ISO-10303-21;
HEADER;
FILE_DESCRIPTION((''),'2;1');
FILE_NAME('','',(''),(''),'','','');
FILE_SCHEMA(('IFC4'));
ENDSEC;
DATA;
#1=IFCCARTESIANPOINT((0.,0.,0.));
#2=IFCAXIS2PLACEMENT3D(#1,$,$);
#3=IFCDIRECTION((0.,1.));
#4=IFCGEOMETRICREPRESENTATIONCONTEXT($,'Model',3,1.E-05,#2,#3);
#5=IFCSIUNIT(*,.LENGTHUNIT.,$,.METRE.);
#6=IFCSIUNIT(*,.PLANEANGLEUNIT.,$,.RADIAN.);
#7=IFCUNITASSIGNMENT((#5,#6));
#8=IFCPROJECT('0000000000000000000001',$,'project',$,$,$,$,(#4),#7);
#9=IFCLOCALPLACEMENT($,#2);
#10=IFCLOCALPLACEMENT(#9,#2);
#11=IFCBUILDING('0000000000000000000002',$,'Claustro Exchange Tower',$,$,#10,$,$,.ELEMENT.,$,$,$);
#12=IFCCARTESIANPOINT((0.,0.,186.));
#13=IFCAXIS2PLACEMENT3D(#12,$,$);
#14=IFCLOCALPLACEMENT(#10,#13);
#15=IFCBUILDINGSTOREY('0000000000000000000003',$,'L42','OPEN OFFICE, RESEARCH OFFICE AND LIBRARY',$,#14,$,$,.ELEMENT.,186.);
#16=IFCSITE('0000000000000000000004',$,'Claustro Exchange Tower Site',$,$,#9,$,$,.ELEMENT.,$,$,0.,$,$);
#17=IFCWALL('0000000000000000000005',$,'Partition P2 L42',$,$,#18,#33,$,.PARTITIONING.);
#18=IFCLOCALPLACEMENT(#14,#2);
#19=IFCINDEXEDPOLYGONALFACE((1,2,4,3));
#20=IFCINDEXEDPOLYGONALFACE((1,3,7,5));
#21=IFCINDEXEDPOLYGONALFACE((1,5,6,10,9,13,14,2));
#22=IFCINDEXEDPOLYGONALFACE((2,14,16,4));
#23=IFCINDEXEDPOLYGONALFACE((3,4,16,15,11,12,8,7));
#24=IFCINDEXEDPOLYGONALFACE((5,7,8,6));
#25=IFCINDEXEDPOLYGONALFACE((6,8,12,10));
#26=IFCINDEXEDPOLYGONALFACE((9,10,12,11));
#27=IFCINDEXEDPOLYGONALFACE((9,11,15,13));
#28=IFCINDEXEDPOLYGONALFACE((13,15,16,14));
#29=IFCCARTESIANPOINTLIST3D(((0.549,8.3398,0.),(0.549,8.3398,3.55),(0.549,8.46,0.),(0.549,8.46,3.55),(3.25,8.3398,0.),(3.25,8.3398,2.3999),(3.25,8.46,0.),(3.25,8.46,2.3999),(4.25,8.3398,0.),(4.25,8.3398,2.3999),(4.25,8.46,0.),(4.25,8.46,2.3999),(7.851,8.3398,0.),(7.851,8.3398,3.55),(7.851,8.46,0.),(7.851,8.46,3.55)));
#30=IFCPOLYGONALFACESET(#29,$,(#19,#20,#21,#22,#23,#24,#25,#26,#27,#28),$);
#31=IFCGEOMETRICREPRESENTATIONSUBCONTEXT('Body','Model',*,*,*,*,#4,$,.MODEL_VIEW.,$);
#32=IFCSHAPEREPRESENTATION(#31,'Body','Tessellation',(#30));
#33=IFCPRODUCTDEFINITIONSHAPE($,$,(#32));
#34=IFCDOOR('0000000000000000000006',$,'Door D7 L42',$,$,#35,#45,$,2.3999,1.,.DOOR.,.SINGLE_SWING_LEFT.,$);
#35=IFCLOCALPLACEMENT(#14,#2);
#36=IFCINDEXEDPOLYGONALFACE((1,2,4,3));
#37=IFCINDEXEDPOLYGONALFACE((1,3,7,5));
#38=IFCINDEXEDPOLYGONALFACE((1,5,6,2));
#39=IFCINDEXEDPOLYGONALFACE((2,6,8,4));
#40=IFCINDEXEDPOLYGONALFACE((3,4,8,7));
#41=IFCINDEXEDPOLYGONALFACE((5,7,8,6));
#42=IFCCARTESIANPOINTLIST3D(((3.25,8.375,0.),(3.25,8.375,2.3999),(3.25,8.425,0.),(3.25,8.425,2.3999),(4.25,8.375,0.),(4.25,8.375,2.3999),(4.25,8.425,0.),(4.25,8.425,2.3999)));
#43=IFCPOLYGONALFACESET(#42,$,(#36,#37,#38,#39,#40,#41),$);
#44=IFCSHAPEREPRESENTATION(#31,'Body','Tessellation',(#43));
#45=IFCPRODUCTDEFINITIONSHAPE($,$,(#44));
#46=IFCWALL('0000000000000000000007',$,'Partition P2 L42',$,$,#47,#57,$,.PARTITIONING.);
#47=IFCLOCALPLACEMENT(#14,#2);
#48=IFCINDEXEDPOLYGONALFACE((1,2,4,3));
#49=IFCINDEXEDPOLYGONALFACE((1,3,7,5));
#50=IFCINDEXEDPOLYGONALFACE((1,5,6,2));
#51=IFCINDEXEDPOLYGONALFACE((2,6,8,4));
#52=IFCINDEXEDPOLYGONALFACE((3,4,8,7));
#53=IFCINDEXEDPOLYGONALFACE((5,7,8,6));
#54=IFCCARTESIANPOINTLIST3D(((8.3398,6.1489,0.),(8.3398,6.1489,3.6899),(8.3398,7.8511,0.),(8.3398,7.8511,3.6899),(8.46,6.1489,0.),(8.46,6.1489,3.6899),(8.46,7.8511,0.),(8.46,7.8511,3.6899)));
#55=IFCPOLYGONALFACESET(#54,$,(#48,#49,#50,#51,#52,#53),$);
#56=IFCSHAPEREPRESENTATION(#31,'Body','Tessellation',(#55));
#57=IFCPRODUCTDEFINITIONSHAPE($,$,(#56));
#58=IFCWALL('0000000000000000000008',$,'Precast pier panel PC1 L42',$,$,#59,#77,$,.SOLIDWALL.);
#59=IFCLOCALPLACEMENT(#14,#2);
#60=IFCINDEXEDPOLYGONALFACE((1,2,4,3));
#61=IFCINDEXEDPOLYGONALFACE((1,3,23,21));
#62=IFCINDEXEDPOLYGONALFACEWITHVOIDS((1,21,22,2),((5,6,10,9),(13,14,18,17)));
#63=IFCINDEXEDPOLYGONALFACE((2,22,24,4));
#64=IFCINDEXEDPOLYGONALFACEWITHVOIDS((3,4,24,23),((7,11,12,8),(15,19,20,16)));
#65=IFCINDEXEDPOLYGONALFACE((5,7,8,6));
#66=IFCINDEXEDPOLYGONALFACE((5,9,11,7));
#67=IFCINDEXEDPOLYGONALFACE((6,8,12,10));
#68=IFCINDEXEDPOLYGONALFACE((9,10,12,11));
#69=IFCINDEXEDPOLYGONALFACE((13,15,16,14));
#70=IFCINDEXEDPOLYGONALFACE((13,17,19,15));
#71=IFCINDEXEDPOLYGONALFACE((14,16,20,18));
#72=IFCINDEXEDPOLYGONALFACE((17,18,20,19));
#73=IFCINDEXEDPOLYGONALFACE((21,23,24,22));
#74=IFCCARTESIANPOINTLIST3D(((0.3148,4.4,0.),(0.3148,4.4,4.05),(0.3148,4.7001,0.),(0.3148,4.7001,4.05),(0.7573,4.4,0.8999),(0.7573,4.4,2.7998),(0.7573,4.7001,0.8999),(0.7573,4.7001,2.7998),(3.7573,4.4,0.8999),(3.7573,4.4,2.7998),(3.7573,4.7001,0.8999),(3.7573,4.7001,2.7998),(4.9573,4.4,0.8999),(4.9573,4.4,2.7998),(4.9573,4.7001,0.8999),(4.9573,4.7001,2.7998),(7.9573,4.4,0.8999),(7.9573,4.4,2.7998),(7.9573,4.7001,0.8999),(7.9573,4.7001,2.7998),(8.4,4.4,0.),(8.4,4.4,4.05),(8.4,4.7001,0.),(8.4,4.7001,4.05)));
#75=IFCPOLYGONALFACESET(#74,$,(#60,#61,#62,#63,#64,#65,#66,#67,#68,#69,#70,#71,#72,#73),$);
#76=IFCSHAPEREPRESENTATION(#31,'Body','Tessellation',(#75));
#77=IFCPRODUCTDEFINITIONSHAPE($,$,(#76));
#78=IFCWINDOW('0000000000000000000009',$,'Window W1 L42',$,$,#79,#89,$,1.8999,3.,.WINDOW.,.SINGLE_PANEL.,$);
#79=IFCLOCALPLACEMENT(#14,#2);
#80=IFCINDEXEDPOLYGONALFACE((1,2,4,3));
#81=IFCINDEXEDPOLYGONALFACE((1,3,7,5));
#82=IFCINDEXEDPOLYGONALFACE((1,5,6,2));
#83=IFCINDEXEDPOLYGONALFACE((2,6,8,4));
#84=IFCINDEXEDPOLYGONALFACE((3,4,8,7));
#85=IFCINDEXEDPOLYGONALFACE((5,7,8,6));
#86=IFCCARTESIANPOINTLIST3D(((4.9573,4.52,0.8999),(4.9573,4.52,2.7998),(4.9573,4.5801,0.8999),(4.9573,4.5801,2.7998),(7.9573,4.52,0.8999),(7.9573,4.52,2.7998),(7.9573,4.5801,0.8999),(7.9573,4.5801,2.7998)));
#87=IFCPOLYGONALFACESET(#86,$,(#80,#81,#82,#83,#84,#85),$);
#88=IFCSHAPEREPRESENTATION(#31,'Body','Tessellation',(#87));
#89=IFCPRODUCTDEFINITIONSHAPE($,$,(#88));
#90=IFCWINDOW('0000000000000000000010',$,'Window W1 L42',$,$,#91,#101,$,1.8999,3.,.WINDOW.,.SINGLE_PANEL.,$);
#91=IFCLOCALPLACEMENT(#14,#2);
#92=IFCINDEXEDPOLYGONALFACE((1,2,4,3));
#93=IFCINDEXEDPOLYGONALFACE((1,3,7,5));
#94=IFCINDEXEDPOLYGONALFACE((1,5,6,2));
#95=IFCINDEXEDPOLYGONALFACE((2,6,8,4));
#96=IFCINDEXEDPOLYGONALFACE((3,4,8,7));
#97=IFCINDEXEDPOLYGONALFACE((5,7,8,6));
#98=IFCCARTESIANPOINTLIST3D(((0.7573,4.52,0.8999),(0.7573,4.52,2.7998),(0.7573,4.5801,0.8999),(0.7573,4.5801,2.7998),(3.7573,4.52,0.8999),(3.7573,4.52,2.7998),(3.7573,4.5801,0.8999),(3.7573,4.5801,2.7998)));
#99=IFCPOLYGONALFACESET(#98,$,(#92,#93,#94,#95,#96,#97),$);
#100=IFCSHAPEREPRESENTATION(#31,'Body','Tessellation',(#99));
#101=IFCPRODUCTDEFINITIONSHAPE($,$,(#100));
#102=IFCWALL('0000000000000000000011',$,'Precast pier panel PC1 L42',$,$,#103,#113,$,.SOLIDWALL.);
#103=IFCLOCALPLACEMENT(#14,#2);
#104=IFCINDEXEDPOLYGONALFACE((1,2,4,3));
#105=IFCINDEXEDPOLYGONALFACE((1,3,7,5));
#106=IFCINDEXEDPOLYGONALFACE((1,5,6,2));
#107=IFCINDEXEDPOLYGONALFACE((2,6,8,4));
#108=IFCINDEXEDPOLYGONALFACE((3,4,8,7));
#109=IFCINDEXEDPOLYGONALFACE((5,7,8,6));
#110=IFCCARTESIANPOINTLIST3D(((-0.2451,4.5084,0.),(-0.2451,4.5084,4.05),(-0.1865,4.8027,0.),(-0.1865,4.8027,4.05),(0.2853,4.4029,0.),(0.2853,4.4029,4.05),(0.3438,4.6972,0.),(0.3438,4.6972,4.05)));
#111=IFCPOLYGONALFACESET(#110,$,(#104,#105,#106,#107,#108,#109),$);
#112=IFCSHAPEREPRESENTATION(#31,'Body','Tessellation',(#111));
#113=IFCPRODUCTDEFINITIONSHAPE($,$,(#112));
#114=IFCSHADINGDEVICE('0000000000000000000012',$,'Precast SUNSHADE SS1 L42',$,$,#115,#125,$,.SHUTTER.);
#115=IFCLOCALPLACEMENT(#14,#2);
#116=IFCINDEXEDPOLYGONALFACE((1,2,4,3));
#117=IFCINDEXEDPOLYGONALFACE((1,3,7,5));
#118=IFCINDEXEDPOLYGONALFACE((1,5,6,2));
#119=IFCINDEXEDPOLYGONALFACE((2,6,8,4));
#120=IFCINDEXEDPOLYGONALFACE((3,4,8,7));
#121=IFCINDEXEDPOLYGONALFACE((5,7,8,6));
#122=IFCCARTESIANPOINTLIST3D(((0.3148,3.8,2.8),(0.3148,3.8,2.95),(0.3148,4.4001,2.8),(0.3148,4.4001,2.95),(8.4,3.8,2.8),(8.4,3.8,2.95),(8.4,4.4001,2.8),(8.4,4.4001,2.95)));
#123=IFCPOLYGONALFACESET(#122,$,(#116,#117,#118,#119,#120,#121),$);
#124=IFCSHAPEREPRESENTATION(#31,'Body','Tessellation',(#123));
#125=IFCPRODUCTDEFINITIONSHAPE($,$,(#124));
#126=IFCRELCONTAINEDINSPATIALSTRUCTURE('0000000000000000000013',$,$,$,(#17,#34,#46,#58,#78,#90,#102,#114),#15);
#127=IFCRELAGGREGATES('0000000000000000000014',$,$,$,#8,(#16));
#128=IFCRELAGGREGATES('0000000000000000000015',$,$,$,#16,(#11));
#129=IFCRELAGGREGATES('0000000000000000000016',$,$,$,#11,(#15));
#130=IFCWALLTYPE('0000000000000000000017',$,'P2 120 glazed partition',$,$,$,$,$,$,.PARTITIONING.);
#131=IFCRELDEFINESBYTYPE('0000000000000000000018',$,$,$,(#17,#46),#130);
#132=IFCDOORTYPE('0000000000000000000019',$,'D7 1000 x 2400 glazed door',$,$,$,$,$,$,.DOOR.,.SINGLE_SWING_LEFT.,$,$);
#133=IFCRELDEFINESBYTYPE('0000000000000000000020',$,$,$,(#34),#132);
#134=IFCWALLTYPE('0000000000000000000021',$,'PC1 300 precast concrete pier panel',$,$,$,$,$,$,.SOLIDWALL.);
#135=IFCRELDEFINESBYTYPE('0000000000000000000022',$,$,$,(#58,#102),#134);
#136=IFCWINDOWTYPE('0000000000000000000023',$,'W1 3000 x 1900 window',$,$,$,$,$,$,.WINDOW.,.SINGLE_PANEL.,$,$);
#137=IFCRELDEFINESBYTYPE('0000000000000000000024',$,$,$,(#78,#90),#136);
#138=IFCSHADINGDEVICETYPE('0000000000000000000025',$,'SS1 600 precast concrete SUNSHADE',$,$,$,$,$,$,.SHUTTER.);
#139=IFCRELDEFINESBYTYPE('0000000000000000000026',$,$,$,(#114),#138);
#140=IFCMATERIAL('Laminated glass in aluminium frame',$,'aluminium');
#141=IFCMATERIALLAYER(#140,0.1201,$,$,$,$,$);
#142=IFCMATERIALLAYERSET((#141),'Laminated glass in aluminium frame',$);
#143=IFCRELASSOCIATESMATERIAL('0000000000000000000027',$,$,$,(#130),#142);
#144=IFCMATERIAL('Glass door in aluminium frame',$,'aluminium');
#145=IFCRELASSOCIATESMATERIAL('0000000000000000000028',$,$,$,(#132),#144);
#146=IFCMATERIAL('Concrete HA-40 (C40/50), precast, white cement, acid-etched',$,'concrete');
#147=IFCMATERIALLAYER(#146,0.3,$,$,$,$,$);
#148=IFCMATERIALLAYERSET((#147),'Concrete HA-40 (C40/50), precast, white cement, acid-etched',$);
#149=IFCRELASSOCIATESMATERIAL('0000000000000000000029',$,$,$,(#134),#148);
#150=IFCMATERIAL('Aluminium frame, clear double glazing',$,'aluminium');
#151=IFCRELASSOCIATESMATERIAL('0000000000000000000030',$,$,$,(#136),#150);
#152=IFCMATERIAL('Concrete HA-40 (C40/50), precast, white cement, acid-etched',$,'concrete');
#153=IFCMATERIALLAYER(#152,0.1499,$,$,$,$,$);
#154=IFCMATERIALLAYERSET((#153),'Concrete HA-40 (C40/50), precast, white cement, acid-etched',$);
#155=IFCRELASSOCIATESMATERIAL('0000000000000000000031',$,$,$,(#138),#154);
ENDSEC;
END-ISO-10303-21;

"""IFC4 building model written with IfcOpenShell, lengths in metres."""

from ifc_helpers import new_model, si_unit, direction, frame, frame_2d, origin, origin_2d, place, context, subcontext, project, spatial, rectangle, extrude, material, layer, layer_set, type_object, element, fill, save


model = new_model("IFC4")

# Units and contexts
model_context = context("Model", 3, precision=1e-05, world=origin(), true_north=direction((0.0, 1.0)))
body_context = subcontext(model_context, "Body", "Model", "MODEL_VIEW")
ifc_project = project(units=[si_unit("LENGTHUNIT", "METRE"), si_unit("PLANEANGLEUNIT", "RADIAN")], contexts=[model_context])

# Site, building, storey
site_placement = place(None, origin())
site = spatial("IfcSite", under=ifc_project, at=site_placement, Name="Claustro Exchange Tower Site", CompositionType="ELEMENT", RefElevation=0.0)
building_placement = place(site_placement, origin())
building = spatial("IfcBuilding", under=site, at=building_placement, Name="Claustro Exchange Tower", CompositionType="ELEMENT")
storey_placement = place(building_placement, frame((0.0, 0.0, 186.0)))
storey = spatial("IfcBuildingStorey", under=building, at=storey_placement, Name="L42", Description="OPEN OFFICE, RESEARCH OFFICE AND LIBRARY", CompositionType="ELEMENT", Elevation=186.0)

# Wall, opening, door
ifc_material_1 = material(Name="Laminated glass in aluminium frame", Category="aluminium")
ifc_layer_1 = layer(ifc_material_1, 0.1201)
ifc_layer_set_1 = layer_set([ifc_layer_1], Name="Laminated glass in aluminium frame")
wall_type_1 = type_object("IfcWallType", Name="P2 120 glazed partition", PredefinedType="PARTITIONING", material=ifc_layer_set_1)
wall_1_placement = place(storey_placement, frame((0.5491, 8.3999, 0.0), z_axis=(0.0, 0.0, 1.0), x_axis=(1.0, 0.0, 0.0)))
wall_1 = element("IfcWall", 1, at=wall_1_placement, inside=storey, type_object=wall_type_1, Name="Partition P2 L42", PredefinedType="PARTITIONING", context=body_context, shape_type="SweptSolid", body=[
    extrude(rectangle(XDim=7.302, YDim=0.1201, at=frame_2d((3.6509, 0.0))), origin(), (0.0, 0.0, 1.0), 3.55),
])
opening_1_placement = place(wall_1_placement, frame((2.7009, 0.0, 0.0)))
opening_1 = element("IfcOpeningElement", 2, at=opening_1_placement, cuts=wall_1, PredefinedType="OPENING", context=body_context, shape_type="SweptSolid", body=[
    extrude(rectangle(XDim=1.0, YDim=2.3999, at=frame_2d((0.5, 1.2))), frame((0.0, 0.0701, 0.0), z_axis=(0.0, -1.0, 0.0), x_axis=(1.0, 0.0, 0.0)), (0.0, 0.0, 1.0), 0.1401),
])
ifc_material_2 = material(Name="Glass door in aluminium frame", Category="aluminium")
door_type = type_object("IfcDoorType", Name="D7 1000 x 2400 glazed door", OperationType="SINGLE_SWING_LEFT", PredefinedType="DOOR", material=ifc_material_2)
door_placement = place(opening_1_placement, frame((1.0, 0.0, 0.0), z_axis=(0.0, 0.0, 1.0), x_axis=(-1.0, 0.0, 0.0)))
door = element("IfcDoor", 3, at=door_placement, inside=storey, type_object=door_type, Name="Door D7 L42", OperationType="SINGLE_SWING_LEFT", OverallHeight=2.3999, OverallWidth=1.0, PredefinedType="DOOR", context=body_context, shape_type="SweptSolid", body=[
    extrude(rectangle(XDim=1.0, YDim=2.3999, at=frame_2d((0.5, 1.2))), frame((0.0, 0.0249, 0.0), z_axis=(0.0, -1.0, 0.0), x_axis=(1.0, 0.0, 0.0)), (0.0, 0.0, 1.0), 0.05),
])
fill(opening_1, door)

# Wall
wall_2_placement = place(storey_placement, frame((8.3999, 6.1489, 0.0), z_axis=(0.0, 0.0, 1.0), x_axis=(0.0, 1.0, 0.0)))
element("IfcWall", 4, at=wall_2_placement, inside=storey, type_object=wall_type_1, Name="Partition P2 L42", PredefinedType="PARTITIONING", context=body_context, shape_type="SweptSolid", body=[
    extrude(rectangle(XDim=1.7021, YDim=0.1201, at=frame_2d((0.8511, 0.0))), origin(), (0.0, 0.0, 1.0), 3.6899),
])

# Wall, openings, windows
ifc_material_3 = material(Name="Concrete HA-40 (C40/50), precast, white cement, acid-etched", Category="concrete")
ifc_layer_2 = layer(ifc_material_3, 0.3)
ifc_layer_set_2 = layer_set([ifc_layer_2], Name="Concrete HA-40 (C40/50), precast, white cement, acid-etched")
wall_type_2 = type_object("IfcWallType", Name="PC1 300 precast concrete pier panel", PredefinedType="SOLIDWALL", material=ifc_layer_set_2)
wall_3_placement = place(storey_placement, frame((8.3999, 4.55, 0.0), z_axis=(0.0, 0.0, 1.0), x_axis=(-1.0, 0.0, 0.0)))
wall_3 = element("IfcWall", 5, at=wall_3_placement, inside=storey, type_object=wall_type_2, Name="Precast pier panel PC1 L42", PredefinedType="SOLIDWALL", context=body_context, shape_type="SweptSolid", body=[
    extrude(rectangle(XDim=8.0852, YDim=0.3, at=frame_2d((4.0425, 0.0))), origin(), (0.0, 0.0, 1.0), 4.05),
])
opening_2_placement = place(wall_3_placement, frame((0.4426, 0.0, 0.8999)))
opening_2 = element("IfcOpeningElement", 6, at=opening_2_placement, cuts=wall_3, PredefinedType="OPENING", context=body_context, shape_type="SweptSolid", body=[
    extrude(rectangle(XDim=3.0, YDim=1.8999, at=frame_2d((1.5, 0.95))), frame((0.0, 0.1599, 0.0), z_axis=(0.0, -1.0, 0.0), x_axis=(1.0, 0.0, 0.0)), (0.0, 0.0, 1.0), 0.3201),
])
opening_3_placement = place(wall_3_placement, frame((4.6426, 0.0, 0.8999)))
opening_3 = element("IfcOpeningElement", 7, at=opening_3_placement, cuts=wall_3, PredefinedType="OPENING", context=body_context, shape_type="SweptSolid", body=[
    extrude(rectangle(XDim=3.0, YDim=1.8999, at=frame_2d((1.5, 0.95))), frame((0.0, 0.1599, 0.0), z_axis=(0.0, -1.0, 0.0), x_axis=(1.0, 0.0, 0.0)), (0.0, 0.0, 1.0), 0.3201),
])
ifc_material_4 = material(Name="Aluminium frame, clear double glazing", Category="aluminium")
window_type = type_object("IfcWindowType", Name="W1 3000 x 1900 window", PartitioningType="SINGLE_PANEL", PredefinedType="WINDOW", material=ifc_material_4)
window_1_placement = place(opening_2_placement, origin())
window_1 = element("IfcWindow", 8, at=window_1_placement, inside=storey, type_object=window_type, Name="Window W1 L42", OverallHeight=1.8999, OverallWidth=3.0, PartitioningType="SINGLE_PANEL", PredefinedType="WINDOW", context=body_context, shape_type="SweptSolid", body=[
    extrude(rectangle(XDim=3.0, YDim=1.8999, at=frame_2d((1.5, 0.95))), frame((0.0, 0.03, 0.0), z_axis=(0.0, -1.0, 0.0), x_axis=(1.0, 0.0, 0.0)), (0.0, 0.0, 1.0), 0.0601),
])
fill(opening_2, window_1)
window_2_placement = place(opening_3_placement, origin())
window_2 = element("IfcWindow", 9, at=window_2_placement, inside=storey, type_object=window_type, Name="Window W1 L42", OverallHeight=1.8999, OverallWidth=3.0, PartitioningType="SINGLE_PANEL", PredefinedType="WINDOW", context=body_context, shape_type="SweptSolid", body=[
    extrude(rectangle(XDim=3.0, YDim=1.8999, at=frame_2d((1.5, 0.95))), frame((0.0, 0.03, 0.0), z_axis=(0.0, -1.0, 0.0), x_axis=(1.0, 0.0, 0.0)), (0.0, 0.0, 1.0), 0.0601),
])
fill(opening_3, window_2)

# Wall
wall_4_placement = place(storey_placement, frame((0.3147, 4.55, 0.0), z_axis=(0.0, 0.0, 1.0), x_axis=(-0.980789, 0.195074, 0.0)))
element("IfcWall", 10, at=wall_4_placement, inside=storey, type_object=wall_type_2, Name="Precast pier panel PC1 L42", PredefinedType="SOLIDWALL", context=body_context, shape_type="SweptSolid", body=[
    extrude(rectangle(XDim=0.5408, YDim=0.3, at=frame_2d((0.2705, 0.0))), origin(), (0.0, 0.0, 1.0), 4.05),
])

# Shading device
ifc_material_5 = material(Name="Concrete HA-40 (C40/50), precast, white cement, acid-etched", Category="concrete")
ifc_layer_3 = layer(ifc_material_5, 0.1499)
ifc_layer_set_3 = layer_set([ifc_layer_3], Name="Concrete HA-40 (C40/50), precast, white cement, acid-etched")
shading_device_type = type_object("IfcShadingDeviceType", Name="SS1 600 precast concrete SUNSHADE", PredefinedType="SHUTTER", material=ifc_layer_set_3)
shading_device_placement = place(storey_placement, frame((4.3574, 4.1001, 2.8), z_axis=(0.0, 0.0, 1.0), x_axis=(-1.0, 0.0, 0.0)))
element("IfcShadingDevice", 11, at=shading_device_placement, inside=storey, type_object=shading_device_type, Name="Precast SUNSHADE SS1 L42", PredefinedType="SHUTTER", context=body_context, shape_type="SweptSolid", body=[
    extrude(rectangle(XDim=8.0852, YDim=0.6001, at=origin_2d()), origin(), (0.0, 0.0, 1.0), 0.1499),
])

save(model, "model.ifc")
